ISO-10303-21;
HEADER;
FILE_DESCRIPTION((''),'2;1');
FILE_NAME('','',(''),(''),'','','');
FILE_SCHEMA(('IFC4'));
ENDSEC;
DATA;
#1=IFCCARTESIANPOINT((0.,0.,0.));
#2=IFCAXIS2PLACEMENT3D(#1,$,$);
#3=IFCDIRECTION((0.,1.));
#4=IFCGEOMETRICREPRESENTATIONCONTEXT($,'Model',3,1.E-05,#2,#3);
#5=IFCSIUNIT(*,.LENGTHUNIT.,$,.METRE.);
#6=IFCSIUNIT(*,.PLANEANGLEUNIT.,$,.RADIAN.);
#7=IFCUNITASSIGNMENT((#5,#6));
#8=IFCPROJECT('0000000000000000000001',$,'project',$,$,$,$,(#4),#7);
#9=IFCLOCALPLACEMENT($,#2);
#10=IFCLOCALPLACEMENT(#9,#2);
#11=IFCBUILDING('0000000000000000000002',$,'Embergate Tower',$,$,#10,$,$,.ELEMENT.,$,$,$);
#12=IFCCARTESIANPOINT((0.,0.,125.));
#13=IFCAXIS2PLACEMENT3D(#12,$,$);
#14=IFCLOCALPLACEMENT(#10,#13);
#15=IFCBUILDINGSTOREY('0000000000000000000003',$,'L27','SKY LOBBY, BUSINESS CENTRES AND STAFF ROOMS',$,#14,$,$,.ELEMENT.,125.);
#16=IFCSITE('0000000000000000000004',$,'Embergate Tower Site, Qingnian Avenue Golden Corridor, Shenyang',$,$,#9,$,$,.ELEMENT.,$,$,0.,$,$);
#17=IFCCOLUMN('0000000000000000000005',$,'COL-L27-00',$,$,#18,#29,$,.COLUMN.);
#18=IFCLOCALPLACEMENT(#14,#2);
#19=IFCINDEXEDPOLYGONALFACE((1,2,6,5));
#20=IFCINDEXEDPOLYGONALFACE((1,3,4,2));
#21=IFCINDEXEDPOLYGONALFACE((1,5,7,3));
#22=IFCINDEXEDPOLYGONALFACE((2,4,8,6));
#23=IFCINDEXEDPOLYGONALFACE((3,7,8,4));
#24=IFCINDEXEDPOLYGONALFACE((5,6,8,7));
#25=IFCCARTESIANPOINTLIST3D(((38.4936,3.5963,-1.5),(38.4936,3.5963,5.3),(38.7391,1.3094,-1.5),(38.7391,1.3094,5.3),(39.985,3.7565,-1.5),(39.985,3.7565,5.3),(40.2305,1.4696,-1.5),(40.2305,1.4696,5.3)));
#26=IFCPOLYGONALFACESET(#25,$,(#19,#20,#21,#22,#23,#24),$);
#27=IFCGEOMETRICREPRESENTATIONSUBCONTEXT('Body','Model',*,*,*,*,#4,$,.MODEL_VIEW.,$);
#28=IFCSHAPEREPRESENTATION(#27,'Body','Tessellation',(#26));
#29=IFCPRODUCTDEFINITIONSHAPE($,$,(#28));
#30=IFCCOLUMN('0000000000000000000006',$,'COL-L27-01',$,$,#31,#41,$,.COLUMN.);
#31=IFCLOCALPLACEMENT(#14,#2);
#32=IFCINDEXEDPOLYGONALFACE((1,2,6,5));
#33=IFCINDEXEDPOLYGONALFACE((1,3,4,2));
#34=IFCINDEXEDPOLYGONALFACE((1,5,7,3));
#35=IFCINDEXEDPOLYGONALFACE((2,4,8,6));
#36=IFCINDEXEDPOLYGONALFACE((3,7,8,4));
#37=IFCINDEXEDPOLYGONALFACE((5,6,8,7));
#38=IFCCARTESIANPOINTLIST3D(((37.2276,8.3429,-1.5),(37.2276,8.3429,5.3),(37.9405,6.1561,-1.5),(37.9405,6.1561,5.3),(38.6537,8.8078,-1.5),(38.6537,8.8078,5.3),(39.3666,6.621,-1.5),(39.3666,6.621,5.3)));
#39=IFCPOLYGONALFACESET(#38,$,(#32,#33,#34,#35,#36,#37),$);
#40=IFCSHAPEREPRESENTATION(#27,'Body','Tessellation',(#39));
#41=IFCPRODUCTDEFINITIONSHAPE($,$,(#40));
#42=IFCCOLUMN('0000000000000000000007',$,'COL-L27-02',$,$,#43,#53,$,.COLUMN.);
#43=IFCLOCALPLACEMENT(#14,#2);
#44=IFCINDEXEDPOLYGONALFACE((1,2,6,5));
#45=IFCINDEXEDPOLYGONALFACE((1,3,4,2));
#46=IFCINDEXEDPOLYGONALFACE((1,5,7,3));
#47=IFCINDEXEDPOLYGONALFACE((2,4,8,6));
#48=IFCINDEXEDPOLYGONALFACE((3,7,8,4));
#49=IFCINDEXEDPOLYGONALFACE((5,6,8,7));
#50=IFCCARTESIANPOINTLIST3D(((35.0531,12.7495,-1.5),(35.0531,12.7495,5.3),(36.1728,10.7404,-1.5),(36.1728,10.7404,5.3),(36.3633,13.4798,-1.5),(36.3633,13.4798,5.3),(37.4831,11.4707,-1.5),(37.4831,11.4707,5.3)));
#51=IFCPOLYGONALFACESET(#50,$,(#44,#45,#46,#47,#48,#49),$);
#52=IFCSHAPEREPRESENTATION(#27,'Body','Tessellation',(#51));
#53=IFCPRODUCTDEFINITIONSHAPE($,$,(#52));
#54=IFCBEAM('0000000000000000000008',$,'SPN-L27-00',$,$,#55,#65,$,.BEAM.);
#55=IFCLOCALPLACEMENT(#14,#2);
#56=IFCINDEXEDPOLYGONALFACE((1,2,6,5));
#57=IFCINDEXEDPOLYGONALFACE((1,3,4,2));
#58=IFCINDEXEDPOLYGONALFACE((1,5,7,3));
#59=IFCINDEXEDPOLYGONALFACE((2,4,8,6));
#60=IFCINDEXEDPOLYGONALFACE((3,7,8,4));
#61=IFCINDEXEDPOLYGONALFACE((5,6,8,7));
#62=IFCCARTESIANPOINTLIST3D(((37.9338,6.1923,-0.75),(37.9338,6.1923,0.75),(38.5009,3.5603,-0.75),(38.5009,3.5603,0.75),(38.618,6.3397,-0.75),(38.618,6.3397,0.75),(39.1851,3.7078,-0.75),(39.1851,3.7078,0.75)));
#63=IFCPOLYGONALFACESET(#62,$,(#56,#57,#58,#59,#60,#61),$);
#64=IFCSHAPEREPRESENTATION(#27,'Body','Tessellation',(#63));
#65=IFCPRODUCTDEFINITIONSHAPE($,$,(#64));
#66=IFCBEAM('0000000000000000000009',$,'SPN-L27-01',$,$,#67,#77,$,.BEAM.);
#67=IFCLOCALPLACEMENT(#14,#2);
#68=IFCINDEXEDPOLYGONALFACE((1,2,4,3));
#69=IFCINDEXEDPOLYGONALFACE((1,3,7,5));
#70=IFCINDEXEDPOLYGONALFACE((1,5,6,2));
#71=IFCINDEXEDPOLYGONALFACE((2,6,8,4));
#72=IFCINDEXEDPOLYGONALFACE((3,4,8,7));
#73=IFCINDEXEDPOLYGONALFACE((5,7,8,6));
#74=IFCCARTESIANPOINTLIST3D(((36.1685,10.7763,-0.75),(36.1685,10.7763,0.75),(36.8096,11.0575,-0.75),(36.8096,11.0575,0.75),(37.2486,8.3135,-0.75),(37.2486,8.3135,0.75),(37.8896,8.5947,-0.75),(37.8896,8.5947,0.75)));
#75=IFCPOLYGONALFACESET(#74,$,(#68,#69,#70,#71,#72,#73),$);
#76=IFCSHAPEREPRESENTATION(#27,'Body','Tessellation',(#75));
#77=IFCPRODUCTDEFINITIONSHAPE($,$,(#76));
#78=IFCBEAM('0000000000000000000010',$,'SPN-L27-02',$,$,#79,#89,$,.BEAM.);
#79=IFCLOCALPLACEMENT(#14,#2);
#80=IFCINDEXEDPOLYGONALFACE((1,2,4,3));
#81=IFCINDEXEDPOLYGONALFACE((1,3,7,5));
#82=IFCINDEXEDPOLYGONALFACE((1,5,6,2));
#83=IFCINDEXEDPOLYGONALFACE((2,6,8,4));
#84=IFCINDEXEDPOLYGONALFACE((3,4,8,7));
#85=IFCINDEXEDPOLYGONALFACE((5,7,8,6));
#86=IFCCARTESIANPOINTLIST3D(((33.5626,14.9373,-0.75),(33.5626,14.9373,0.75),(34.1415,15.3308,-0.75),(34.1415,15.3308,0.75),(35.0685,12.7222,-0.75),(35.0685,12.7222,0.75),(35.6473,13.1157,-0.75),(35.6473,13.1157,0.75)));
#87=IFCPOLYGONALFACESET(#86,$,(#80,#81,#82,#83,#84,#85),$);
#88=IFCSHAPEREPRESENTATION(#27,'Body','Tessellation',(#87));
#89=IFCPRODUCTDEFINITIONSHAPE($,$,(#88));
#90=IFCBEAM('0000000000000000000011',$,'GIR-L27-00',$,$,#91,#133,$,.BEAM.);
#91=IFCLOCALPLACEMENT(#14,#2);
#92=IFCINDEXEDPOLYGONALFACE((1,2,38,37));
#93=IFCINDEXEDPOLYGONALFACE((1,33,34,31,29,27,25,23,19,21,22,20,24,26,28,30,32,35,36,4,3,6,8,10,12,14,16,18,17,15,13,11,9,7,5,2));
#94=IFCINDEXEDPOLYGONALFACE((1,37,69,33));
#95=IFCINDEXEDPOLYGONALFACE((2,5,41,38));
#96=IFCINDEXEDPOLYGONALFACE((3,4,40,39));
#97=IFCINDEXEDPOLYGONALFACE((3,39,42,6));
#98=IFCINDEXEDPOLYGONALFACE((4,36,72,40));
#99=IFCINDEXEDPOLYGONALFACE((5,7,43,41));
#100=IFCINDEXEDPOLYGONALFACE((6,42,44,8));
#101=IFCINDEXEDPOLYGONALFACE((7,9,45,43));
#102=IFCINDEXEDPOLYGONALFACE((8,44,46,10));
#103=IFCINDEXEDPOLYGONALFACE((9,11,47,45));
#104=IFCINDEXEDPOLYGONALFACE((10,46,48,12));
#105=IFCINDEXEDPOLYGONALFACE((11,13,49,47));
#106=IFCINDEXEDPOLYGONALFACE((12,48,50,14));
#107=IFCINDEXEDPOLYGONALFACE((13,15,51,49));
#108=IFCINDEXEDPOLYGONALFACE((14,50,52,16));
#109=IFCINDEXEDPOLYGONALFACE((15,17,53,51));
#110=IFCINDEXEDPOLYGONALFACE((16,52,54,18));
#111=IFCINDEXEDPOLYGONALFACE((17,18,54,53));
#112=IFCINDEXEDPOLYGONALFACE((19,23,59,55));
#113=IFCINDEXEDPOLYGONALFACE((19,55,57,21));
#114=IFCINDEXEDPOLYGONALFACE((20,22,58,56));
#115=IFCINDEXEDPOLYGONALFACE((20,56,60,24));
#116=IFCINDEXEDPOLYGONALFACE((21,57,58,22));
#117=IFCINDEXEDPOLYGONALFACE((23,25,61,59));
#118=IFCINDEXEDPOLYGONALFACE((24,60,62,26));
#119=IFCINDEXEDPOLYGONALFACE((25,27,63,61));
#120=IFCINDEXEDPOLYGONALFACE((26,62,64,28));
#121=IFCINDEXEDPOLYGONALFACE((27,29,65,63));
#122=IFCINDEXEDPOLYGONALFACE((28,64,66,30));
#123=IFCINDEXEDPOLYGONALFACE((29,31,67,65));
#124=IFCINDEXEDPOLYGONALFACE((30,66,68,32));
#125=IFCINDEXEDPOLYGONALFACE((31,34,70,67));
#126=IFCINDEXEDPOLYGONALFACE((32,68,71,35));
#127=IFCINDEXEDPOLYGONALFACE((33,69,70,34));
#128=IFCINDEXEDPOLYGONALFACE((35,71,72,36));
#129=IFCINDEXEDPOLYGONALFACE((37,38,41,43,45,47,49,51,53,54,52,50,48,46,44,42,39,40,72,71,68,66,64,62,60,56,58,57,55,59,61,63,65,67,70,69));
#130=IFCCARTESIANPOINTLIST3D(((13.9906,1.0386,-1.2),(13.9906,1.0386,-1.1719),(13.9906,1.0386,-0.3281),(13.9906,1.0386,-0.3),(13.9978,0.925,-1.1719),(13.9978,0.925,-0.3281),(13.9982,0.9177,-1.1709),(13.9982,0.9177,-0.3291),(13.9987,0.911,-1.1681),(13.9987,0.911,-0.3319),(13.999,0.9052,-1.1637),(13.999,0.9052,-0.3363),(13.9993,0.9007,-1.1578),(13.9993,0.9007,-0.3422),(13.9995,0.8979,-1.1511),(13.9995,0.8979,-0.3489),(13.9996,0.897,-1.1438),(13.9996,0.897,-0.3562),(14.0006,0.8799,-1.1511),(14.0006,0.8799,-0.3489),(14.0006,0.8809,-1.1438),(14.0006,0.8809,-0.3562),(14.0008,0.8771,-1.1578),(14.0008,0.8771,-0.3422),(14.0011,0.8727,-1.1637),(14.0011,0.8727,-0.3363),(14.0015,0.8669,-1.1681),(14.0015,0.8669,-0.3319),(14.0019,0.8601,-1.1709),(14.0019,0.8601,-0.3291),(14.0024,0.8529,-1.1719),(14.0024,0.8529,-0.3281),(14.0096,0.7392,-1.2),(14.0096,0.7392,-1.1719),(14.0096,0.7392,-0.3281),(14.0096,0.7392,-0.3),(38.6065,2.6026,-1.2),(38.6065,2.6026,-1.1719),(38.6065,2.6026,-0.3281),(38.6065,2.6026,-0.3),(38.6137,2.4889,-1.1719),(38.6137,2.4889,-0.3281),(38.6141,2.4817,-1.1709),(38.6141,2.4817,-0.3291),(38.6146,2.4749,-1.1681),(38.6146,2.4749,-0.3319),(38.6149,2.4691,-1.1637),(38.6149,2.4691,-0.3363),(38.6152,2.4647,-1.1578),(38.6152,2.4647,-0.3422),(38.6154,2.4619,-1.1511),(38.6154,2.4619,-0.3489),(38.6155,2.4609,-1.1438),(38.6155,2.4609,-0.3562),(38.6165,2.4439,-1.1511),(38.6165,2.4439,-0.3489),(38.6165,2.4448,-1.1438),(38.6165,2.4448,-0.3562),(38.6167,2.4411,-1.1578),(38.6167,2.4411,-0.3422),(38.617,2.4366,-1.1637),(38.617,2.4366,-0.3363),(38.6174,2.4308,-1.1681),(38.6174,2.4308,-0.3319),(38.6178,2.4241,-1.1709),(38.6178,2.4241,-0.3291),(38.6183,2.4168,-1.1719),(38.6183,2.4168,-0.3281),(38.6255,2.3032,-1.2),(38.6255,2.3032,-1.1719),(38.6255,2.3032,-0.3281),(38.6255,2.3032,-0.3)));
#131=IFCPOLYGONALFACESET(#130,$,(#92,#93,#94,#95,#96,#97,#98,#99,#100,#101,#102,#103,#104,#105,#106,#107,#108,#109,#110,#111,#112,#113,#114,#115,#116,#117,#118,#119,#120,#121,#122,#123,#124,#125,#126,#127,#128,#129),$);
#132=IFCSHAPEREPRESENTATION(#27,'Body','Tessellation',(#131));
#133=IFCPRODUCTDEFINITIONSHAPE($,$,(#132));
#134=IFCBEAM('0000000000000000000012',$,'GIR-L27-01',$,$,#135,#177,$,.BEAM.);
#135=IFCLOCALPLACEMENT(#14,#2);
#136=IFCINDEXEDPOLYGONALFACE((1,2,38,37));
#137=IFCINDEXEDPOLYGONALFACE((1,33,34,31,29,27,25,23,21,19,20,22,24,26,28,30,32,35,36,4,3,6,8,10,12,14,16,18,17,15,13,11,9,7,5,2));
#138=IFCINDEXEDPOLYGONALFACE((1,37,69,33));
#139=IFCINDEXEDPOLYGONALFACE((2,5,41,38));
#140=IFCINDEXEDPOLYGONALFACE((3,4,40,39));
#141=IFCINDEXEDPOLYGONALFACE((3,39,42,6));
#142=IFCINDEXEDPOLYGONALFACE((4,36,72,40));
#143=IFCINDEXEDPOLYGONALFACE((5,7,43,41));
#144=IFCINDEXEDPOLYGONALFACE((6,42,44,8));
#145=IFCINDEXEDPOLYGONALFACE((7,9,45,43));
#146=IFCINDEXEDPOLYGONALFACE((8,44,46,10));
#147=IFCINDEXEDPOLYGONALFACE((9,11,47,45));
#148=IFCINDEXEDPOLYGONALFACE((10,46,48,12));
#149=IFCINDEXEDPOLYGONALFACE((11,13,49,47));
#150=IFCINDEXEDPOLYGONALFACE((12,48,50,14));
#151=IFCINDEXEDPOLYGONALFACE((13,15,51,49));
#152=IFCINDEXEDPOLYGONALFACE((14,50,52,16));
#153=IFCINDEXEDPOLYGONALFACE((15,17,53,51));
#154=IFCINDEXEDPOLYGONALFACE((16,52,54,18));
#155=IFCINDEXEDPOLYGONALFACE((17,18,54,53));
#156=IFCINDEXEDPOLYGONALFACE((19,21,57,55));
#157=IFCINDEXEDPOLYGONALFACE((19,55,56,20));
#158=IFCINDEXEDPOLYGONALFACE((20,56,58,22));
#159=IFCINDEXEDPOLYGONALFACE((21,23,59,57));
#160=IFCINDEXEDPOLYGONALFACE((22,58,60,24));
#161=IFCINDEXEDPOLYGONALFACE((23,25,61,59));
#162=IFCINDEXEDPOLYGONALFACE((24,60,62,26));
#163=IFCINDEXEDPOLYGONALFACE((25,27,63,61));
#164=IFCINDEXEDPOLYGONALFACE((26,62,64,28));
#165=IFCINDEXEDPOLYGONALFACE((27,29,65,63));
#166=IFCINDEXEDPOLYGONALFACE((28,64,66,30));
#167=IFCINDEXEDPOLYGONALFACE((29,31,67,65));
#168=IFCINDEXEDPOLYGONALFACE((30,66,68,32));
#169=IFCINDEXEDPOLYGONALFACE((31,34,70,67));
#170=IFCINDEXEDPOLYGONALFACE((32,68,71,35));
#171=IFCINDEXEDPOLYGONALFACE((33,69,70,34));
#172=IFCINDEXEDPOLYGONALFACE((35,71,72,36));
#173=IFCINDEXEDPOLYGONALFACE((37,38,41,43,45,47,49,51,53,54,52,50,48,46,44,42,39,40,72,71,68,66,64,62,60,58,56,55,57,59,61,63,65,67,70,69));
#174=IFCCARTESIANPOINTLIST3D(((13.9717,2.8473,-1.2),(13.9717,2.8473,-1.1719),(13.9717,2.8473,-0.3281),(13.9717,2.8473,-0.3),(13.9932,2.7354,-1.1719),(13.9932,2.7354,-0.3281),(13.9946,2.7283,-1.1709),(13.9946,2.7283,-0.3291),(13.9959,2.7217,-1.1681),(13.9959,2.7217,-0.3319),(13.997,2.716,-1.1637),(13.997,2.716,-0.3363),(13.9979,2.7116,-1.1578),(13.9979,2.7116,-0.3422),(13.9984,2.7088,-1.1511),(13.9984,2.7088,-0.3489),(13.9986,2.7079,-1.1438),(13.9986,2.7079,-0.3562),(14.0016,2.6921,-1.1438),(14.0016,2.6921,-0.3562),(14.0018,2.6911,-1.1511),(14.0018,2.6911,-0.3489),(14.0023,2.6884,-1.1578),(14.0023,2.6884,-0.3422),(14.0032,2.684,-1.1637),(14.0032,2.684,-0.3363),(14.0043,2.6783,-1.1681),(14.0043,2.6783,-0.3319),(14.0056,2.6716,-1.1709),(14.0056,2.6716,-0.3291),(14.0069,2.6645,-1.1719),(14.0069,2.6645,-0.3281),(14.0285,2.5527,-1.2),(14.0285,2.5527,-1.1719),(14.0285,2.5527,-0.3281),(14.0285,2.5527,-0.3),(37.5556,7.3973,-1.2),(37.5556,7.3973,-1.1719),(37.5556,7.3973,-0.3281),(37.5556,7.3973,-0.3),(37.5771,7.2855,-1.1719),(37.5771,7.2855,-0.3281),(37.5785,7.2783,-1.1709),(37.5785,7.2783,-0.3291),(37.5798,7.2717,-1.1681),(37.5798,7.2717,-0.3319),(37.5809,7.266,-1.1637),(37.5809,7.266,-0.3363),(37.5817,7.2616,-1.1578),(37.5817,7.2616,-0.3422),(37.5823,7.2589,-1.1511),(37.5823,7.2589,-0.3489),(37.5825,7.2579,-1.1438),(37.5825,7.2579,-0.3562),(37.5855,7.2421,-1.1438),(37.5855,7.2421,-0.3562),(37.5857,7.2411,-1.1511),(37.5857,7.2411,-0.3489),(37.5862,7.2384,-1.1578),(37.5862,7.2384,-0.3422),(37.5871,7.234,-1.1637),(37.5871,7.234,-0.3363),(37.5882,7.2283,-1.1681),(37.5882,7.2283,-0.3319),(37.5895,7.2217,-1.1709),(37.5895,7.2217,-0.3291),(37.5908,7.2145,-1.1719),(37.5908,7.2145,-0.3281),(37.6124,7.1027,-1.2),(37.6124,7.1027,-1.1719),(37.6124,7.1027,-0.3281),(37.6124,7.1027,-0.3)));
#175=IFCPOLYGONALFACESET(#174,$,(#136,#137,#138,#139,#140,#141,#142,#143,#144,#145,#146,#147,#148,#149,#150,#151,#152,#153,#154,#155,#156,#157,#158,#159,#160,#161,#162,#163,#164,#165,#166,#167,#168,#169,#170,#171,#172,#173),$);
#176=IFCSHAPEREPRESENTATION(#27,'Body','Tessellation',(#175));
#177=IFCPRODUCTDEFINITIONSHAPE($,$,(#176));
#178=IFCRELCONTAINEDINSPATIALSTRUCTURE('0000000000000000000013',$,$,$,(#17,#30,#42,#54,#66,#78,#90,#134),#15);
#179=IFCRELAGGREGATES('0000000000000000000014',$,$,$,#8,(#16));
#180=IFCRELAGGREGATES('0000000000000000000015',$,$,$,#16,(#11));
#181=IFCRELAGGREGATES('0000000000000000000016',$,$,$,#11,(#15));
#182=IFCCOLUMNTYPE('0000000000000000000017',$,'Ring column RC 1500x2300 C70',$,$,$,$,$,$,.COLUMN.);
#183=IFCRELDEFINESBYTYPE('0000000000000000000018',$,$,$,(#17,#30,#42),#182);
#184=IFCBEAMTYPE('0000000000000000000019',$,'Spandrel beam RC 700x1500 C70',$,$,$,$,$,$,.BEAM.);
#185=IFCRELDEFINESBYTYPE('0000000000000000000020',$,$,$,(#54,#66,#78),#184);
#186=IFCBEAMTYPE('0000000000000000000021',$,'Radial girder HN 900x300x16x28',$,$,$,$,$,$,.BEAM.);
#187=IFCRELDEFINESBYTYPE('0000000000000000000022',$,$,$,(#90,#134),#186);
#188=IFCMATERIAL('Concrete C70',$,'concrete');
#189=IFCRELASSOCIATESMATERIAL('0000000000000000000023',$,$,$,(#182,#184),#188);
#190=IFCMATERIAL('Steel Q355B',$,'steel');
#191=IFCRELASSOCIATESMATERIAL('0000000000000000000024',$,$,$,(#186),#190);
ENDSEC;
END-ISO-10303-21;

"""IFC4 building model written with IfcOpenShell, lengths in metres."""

from ifc_helpers import new_model, si_unit, direction, frame, origin, origin_2d, place, context, subcontext, project, spatial, rectangle, i_section, extrude, source, transform, mapped, material, material_profile, profile_set, type_object, element, save


model = new_model("IFC4")

# Units and contexts
model_context = context("Model", 3, precision=1e-05, world=origin(), true_north=direction((0.0, 1.0)))
body_context = subcontext(model_context, "Body", "Model", "MODEL_VIEW")
ifc_project = project(units=[si_unit("LENGTHUNIT", "METRE"), si_unit("PLANEANGLEUNIT", "RADIAN")], contexts=[model_context])

# Site, building, storey
site_placement = place(None, origin())
site = spatial("IfcSite", under=ifc_project, at=site_placement, Name="Embergate Tower Site, Qingnian Avenue Golden Corridor, Shenyang", CompositionType="ELEMENT", RefElevation=0.0)
building_placement = place(site_placement, origin())
building = spatial("IfcBuilding", under=site, at=building_placement, Name="Embergate Tower", CompositionType="ELEMENT")
storey_placement = place(building_placement, frame((0.0, 0.0, 125.0)))
storey = spatial("IfcBuildingStorey", under=building, at=storey_placement, Name="L27", Description="SKY LOBBY, BUSINESS CENTRES AND STAFF ROOMS", CompositionType="ELEMENT", Elevation=125.0)

# Columns
ifc_material_1 = material(Name="Concrete C70", Category="concrete")
ifc_material_profile_1 = material_profile(ifc_material_1, rectangle(XDim=1.5, YDim=2.3, at=origin_2d()), Name="RC 1500x2300")
ifc_profile_set_1 = profile_set([ifc_material_profile_1], Name="Concrete C70")
column_type = type_object("IfcColumnType", Name="Ring column RC 1500x2300 C70", PredefinedType="COLUMN", material=ifc_profile_set_1)
shared_shape_1 = source(origin(), body_context, "Body", "SweptSolid", [
    extrude(rectangle(XDim=1.5, YDim=2.3, at=origin_2d()), origin(), (0.0, 0.0, 1.0), 6.8),
])
for number, where, z_axis, x_axis, name in (
    (1, (39.3621, 2.533, -1.5), (0.0, 0.0, 1.0), (0.994286, 0.10675, 0.0), "COL-L27-00"),
    (2, (38.2971, 7.4819, -1.5), (0.0, 0.0, 1.0), (0.950754, 0.309946, 0.0), "COL-L27-01"),
    (3, (36.2681, 12.1101, -1.5), (0.0, 0.0, 1.0), (0.873492, 0.486839, 0.0), "COL-L27-02"),
):
    element("IfcColumn", number, at=place(storey_placement, frame(where, z_axis=z_axis, x_axis=x_axis)), inside=storey, type_object=column_type, Name=name, PredefinedType="COLUMN", context=body_context, shape_type="MappedRepresentation", body=[
        mapped(shared_shape_1, transform((0.0, 0.0, 0.0))),
    ])

# Beams
ifc_material_profile_2 = material_profile(ifc_material_1, rectangle(XDim=0.7, YDim=1.5, at=origin_2d()), Name="RC 700x1500")
ifc_profile_set_2 = profile_set([ifc_material_profile_2], Name="Concrete C70")
beam_type_1 = type_object("IfcBeamType", Name="Spandrel beam RC 700x1500 C70", PredefinedType="BEAM", material=ifc_profile_set_2)
shared_shape_2 = source(origin(), body_context, "Body", "SweptSolid", [
    extrude(rectangle(XDim=0.7, YDim=1.5, at=origin_2d()), origin(), (0.0, 0.0, 1.0), 2.6924),
])
beam_1_placement = place(storey_placement, frame((38.843, 3.634, 0.0), z_axis=(-0.210637, 0.977564, 0.0), x_axis=(-0.977564, -0.210637, 0.0)))
element("IfcBeam", 4, at=beam_1_placement, inside=storey, type_object=beam_type_1, Name="SPN-L27-00", PredefinedType="BEAM", context=body_context, shape_type="MappedRepresentation", body=[
    mapped(shared_shape_2, transform((0.0, 0.0, 0.0))),
])
shared_shape_3 = source(origin(), body_context, "Body", "SweptSolid", [
    extrude(rectangle(XDim=0.7, YDim=1.5, at=origin_2d()), origin(), (0.0, 0.0, 1.0), 2.6892),
])
beam_2_placement = place(storey_placement, frame((37.5691, 8.4541, 0.0), z_axis=(-0.401619, 0.915807, 0.0), x_axis=(-0.915807, -0.401619, 0.0)))
element("IfcBeam", 5, at=beam_2_placement, inside=storey, type_object=beam_type_1, Name="SPN-L27-01", PredefinedType="BEAM", context=body_context, shape_type="MappedRepresentation", body=[
    mapped(shared_shape_3, transform((0.0, 0.0, 0.0))),
])
shared_shape_4 = source(origin(), body_context, "Body", "SweptSolid", [
    extrude(rectangle(XDim=0.7, YDim=1.5, at=origin_2d()), origin(), (0.0, 0.0, 1.0), 2.6785),
])
beam_3_placement = place(storey_placement, frame((35.3579, 12.9189, 0.0), z_axis=(-0.562208, 0.826996, 0.0), x_axis=(-0.826996, -0.562208, 0.0)))
element("IfcBeam", 6, at=beam_3_placement, inside=storey, type_object=beam_type_1, Name="SPN-L27-02", PredefinedType="BEAM", context=body_context, shape_type="MappedRepresentation", body=[
    mapped(shared_shape_4, transform((0.0, 0.0, 0.0))),
])
ifc_material_2 = material(Name="Steel Q355B", Category="steel")
ifc_material_profile_3 = material_profile(ifc_material_2, i_section(OverallWidth=0.3, OverallDepth=0.8999, WebThickness=0.0161, FlangeThickness=0.0281, FilletRadius=0.0281, at=origin_2d()), Name="HN 900x300x16x28")
ifc_profile_set_3 = profile_set([ifc_material_profile_3], Name="Steel Q355 grade B")
beam_type_2 = type_object("IfcBeamType", Name="Radial girder HN 900x300x16x28", PredefinedType="BEAM", material=ifc_profile_set_3)
shared_shape_5 = source(origin(), body_context, "Body", "SweptSolid", [
    extrude(i_section(OverallWidth=0.3, OverallDepth=0.8999, WebThickness=0.0161, FlangeThickness=0.0281, FilletRadius=0.0281, at=origin_2d()), origin(), (0.0, 0.0, 1.0), 24.6655),
])
beam_4_placement = place(storey_placement, frame((38.616, 2.4529, -0.75), z_axis=(-0.997988, -0.063407, 0.0), x_axis=(0.063407, -0.997988, 0.0)))
element("IfcBeam", 7, at=beam_4_placement, inside=storey, type_object=beam_type_2, Name="GIR-L27-00", PredefinedType="BEAM", context=body_context, shape_type="MappedRepresentation", body=[
    mapped(shared_shape_5, transform((0.0, 0.0, 0.0))),
])
shared_shape_6 = source(origin(), body_context, "Body", "SweptSolid", [
    extrude(i_section(OverallWidth=0.3, OverallDepth=0.8999, WebThickness=0.0161, FlangeThickness=0.0281, FilletRadius=0.0281, at=origin_2d()), origin(), (0.0, 0.0, 1.0), 24.0188),
])
beam_5_placement = place(storey_placement, frame((37.584, 7.25, -0.75), z_axis=(-0.981893, -0.189436, 0.0), x_axis=(0.189436, -0.981893, 0.0)))
element("IfcBeam", 8, at=beam_5_placement, inside=storey, type_object=beam_type_2, Name="GIR-L27-01", PredefinedType="BEAM", context=body_context, shape_type="MappedRepresentation", body=[
    mapped(shared_shape_6, transform((0.0, 0.0, 0.0))),
])

save(model, "model.ifc")
